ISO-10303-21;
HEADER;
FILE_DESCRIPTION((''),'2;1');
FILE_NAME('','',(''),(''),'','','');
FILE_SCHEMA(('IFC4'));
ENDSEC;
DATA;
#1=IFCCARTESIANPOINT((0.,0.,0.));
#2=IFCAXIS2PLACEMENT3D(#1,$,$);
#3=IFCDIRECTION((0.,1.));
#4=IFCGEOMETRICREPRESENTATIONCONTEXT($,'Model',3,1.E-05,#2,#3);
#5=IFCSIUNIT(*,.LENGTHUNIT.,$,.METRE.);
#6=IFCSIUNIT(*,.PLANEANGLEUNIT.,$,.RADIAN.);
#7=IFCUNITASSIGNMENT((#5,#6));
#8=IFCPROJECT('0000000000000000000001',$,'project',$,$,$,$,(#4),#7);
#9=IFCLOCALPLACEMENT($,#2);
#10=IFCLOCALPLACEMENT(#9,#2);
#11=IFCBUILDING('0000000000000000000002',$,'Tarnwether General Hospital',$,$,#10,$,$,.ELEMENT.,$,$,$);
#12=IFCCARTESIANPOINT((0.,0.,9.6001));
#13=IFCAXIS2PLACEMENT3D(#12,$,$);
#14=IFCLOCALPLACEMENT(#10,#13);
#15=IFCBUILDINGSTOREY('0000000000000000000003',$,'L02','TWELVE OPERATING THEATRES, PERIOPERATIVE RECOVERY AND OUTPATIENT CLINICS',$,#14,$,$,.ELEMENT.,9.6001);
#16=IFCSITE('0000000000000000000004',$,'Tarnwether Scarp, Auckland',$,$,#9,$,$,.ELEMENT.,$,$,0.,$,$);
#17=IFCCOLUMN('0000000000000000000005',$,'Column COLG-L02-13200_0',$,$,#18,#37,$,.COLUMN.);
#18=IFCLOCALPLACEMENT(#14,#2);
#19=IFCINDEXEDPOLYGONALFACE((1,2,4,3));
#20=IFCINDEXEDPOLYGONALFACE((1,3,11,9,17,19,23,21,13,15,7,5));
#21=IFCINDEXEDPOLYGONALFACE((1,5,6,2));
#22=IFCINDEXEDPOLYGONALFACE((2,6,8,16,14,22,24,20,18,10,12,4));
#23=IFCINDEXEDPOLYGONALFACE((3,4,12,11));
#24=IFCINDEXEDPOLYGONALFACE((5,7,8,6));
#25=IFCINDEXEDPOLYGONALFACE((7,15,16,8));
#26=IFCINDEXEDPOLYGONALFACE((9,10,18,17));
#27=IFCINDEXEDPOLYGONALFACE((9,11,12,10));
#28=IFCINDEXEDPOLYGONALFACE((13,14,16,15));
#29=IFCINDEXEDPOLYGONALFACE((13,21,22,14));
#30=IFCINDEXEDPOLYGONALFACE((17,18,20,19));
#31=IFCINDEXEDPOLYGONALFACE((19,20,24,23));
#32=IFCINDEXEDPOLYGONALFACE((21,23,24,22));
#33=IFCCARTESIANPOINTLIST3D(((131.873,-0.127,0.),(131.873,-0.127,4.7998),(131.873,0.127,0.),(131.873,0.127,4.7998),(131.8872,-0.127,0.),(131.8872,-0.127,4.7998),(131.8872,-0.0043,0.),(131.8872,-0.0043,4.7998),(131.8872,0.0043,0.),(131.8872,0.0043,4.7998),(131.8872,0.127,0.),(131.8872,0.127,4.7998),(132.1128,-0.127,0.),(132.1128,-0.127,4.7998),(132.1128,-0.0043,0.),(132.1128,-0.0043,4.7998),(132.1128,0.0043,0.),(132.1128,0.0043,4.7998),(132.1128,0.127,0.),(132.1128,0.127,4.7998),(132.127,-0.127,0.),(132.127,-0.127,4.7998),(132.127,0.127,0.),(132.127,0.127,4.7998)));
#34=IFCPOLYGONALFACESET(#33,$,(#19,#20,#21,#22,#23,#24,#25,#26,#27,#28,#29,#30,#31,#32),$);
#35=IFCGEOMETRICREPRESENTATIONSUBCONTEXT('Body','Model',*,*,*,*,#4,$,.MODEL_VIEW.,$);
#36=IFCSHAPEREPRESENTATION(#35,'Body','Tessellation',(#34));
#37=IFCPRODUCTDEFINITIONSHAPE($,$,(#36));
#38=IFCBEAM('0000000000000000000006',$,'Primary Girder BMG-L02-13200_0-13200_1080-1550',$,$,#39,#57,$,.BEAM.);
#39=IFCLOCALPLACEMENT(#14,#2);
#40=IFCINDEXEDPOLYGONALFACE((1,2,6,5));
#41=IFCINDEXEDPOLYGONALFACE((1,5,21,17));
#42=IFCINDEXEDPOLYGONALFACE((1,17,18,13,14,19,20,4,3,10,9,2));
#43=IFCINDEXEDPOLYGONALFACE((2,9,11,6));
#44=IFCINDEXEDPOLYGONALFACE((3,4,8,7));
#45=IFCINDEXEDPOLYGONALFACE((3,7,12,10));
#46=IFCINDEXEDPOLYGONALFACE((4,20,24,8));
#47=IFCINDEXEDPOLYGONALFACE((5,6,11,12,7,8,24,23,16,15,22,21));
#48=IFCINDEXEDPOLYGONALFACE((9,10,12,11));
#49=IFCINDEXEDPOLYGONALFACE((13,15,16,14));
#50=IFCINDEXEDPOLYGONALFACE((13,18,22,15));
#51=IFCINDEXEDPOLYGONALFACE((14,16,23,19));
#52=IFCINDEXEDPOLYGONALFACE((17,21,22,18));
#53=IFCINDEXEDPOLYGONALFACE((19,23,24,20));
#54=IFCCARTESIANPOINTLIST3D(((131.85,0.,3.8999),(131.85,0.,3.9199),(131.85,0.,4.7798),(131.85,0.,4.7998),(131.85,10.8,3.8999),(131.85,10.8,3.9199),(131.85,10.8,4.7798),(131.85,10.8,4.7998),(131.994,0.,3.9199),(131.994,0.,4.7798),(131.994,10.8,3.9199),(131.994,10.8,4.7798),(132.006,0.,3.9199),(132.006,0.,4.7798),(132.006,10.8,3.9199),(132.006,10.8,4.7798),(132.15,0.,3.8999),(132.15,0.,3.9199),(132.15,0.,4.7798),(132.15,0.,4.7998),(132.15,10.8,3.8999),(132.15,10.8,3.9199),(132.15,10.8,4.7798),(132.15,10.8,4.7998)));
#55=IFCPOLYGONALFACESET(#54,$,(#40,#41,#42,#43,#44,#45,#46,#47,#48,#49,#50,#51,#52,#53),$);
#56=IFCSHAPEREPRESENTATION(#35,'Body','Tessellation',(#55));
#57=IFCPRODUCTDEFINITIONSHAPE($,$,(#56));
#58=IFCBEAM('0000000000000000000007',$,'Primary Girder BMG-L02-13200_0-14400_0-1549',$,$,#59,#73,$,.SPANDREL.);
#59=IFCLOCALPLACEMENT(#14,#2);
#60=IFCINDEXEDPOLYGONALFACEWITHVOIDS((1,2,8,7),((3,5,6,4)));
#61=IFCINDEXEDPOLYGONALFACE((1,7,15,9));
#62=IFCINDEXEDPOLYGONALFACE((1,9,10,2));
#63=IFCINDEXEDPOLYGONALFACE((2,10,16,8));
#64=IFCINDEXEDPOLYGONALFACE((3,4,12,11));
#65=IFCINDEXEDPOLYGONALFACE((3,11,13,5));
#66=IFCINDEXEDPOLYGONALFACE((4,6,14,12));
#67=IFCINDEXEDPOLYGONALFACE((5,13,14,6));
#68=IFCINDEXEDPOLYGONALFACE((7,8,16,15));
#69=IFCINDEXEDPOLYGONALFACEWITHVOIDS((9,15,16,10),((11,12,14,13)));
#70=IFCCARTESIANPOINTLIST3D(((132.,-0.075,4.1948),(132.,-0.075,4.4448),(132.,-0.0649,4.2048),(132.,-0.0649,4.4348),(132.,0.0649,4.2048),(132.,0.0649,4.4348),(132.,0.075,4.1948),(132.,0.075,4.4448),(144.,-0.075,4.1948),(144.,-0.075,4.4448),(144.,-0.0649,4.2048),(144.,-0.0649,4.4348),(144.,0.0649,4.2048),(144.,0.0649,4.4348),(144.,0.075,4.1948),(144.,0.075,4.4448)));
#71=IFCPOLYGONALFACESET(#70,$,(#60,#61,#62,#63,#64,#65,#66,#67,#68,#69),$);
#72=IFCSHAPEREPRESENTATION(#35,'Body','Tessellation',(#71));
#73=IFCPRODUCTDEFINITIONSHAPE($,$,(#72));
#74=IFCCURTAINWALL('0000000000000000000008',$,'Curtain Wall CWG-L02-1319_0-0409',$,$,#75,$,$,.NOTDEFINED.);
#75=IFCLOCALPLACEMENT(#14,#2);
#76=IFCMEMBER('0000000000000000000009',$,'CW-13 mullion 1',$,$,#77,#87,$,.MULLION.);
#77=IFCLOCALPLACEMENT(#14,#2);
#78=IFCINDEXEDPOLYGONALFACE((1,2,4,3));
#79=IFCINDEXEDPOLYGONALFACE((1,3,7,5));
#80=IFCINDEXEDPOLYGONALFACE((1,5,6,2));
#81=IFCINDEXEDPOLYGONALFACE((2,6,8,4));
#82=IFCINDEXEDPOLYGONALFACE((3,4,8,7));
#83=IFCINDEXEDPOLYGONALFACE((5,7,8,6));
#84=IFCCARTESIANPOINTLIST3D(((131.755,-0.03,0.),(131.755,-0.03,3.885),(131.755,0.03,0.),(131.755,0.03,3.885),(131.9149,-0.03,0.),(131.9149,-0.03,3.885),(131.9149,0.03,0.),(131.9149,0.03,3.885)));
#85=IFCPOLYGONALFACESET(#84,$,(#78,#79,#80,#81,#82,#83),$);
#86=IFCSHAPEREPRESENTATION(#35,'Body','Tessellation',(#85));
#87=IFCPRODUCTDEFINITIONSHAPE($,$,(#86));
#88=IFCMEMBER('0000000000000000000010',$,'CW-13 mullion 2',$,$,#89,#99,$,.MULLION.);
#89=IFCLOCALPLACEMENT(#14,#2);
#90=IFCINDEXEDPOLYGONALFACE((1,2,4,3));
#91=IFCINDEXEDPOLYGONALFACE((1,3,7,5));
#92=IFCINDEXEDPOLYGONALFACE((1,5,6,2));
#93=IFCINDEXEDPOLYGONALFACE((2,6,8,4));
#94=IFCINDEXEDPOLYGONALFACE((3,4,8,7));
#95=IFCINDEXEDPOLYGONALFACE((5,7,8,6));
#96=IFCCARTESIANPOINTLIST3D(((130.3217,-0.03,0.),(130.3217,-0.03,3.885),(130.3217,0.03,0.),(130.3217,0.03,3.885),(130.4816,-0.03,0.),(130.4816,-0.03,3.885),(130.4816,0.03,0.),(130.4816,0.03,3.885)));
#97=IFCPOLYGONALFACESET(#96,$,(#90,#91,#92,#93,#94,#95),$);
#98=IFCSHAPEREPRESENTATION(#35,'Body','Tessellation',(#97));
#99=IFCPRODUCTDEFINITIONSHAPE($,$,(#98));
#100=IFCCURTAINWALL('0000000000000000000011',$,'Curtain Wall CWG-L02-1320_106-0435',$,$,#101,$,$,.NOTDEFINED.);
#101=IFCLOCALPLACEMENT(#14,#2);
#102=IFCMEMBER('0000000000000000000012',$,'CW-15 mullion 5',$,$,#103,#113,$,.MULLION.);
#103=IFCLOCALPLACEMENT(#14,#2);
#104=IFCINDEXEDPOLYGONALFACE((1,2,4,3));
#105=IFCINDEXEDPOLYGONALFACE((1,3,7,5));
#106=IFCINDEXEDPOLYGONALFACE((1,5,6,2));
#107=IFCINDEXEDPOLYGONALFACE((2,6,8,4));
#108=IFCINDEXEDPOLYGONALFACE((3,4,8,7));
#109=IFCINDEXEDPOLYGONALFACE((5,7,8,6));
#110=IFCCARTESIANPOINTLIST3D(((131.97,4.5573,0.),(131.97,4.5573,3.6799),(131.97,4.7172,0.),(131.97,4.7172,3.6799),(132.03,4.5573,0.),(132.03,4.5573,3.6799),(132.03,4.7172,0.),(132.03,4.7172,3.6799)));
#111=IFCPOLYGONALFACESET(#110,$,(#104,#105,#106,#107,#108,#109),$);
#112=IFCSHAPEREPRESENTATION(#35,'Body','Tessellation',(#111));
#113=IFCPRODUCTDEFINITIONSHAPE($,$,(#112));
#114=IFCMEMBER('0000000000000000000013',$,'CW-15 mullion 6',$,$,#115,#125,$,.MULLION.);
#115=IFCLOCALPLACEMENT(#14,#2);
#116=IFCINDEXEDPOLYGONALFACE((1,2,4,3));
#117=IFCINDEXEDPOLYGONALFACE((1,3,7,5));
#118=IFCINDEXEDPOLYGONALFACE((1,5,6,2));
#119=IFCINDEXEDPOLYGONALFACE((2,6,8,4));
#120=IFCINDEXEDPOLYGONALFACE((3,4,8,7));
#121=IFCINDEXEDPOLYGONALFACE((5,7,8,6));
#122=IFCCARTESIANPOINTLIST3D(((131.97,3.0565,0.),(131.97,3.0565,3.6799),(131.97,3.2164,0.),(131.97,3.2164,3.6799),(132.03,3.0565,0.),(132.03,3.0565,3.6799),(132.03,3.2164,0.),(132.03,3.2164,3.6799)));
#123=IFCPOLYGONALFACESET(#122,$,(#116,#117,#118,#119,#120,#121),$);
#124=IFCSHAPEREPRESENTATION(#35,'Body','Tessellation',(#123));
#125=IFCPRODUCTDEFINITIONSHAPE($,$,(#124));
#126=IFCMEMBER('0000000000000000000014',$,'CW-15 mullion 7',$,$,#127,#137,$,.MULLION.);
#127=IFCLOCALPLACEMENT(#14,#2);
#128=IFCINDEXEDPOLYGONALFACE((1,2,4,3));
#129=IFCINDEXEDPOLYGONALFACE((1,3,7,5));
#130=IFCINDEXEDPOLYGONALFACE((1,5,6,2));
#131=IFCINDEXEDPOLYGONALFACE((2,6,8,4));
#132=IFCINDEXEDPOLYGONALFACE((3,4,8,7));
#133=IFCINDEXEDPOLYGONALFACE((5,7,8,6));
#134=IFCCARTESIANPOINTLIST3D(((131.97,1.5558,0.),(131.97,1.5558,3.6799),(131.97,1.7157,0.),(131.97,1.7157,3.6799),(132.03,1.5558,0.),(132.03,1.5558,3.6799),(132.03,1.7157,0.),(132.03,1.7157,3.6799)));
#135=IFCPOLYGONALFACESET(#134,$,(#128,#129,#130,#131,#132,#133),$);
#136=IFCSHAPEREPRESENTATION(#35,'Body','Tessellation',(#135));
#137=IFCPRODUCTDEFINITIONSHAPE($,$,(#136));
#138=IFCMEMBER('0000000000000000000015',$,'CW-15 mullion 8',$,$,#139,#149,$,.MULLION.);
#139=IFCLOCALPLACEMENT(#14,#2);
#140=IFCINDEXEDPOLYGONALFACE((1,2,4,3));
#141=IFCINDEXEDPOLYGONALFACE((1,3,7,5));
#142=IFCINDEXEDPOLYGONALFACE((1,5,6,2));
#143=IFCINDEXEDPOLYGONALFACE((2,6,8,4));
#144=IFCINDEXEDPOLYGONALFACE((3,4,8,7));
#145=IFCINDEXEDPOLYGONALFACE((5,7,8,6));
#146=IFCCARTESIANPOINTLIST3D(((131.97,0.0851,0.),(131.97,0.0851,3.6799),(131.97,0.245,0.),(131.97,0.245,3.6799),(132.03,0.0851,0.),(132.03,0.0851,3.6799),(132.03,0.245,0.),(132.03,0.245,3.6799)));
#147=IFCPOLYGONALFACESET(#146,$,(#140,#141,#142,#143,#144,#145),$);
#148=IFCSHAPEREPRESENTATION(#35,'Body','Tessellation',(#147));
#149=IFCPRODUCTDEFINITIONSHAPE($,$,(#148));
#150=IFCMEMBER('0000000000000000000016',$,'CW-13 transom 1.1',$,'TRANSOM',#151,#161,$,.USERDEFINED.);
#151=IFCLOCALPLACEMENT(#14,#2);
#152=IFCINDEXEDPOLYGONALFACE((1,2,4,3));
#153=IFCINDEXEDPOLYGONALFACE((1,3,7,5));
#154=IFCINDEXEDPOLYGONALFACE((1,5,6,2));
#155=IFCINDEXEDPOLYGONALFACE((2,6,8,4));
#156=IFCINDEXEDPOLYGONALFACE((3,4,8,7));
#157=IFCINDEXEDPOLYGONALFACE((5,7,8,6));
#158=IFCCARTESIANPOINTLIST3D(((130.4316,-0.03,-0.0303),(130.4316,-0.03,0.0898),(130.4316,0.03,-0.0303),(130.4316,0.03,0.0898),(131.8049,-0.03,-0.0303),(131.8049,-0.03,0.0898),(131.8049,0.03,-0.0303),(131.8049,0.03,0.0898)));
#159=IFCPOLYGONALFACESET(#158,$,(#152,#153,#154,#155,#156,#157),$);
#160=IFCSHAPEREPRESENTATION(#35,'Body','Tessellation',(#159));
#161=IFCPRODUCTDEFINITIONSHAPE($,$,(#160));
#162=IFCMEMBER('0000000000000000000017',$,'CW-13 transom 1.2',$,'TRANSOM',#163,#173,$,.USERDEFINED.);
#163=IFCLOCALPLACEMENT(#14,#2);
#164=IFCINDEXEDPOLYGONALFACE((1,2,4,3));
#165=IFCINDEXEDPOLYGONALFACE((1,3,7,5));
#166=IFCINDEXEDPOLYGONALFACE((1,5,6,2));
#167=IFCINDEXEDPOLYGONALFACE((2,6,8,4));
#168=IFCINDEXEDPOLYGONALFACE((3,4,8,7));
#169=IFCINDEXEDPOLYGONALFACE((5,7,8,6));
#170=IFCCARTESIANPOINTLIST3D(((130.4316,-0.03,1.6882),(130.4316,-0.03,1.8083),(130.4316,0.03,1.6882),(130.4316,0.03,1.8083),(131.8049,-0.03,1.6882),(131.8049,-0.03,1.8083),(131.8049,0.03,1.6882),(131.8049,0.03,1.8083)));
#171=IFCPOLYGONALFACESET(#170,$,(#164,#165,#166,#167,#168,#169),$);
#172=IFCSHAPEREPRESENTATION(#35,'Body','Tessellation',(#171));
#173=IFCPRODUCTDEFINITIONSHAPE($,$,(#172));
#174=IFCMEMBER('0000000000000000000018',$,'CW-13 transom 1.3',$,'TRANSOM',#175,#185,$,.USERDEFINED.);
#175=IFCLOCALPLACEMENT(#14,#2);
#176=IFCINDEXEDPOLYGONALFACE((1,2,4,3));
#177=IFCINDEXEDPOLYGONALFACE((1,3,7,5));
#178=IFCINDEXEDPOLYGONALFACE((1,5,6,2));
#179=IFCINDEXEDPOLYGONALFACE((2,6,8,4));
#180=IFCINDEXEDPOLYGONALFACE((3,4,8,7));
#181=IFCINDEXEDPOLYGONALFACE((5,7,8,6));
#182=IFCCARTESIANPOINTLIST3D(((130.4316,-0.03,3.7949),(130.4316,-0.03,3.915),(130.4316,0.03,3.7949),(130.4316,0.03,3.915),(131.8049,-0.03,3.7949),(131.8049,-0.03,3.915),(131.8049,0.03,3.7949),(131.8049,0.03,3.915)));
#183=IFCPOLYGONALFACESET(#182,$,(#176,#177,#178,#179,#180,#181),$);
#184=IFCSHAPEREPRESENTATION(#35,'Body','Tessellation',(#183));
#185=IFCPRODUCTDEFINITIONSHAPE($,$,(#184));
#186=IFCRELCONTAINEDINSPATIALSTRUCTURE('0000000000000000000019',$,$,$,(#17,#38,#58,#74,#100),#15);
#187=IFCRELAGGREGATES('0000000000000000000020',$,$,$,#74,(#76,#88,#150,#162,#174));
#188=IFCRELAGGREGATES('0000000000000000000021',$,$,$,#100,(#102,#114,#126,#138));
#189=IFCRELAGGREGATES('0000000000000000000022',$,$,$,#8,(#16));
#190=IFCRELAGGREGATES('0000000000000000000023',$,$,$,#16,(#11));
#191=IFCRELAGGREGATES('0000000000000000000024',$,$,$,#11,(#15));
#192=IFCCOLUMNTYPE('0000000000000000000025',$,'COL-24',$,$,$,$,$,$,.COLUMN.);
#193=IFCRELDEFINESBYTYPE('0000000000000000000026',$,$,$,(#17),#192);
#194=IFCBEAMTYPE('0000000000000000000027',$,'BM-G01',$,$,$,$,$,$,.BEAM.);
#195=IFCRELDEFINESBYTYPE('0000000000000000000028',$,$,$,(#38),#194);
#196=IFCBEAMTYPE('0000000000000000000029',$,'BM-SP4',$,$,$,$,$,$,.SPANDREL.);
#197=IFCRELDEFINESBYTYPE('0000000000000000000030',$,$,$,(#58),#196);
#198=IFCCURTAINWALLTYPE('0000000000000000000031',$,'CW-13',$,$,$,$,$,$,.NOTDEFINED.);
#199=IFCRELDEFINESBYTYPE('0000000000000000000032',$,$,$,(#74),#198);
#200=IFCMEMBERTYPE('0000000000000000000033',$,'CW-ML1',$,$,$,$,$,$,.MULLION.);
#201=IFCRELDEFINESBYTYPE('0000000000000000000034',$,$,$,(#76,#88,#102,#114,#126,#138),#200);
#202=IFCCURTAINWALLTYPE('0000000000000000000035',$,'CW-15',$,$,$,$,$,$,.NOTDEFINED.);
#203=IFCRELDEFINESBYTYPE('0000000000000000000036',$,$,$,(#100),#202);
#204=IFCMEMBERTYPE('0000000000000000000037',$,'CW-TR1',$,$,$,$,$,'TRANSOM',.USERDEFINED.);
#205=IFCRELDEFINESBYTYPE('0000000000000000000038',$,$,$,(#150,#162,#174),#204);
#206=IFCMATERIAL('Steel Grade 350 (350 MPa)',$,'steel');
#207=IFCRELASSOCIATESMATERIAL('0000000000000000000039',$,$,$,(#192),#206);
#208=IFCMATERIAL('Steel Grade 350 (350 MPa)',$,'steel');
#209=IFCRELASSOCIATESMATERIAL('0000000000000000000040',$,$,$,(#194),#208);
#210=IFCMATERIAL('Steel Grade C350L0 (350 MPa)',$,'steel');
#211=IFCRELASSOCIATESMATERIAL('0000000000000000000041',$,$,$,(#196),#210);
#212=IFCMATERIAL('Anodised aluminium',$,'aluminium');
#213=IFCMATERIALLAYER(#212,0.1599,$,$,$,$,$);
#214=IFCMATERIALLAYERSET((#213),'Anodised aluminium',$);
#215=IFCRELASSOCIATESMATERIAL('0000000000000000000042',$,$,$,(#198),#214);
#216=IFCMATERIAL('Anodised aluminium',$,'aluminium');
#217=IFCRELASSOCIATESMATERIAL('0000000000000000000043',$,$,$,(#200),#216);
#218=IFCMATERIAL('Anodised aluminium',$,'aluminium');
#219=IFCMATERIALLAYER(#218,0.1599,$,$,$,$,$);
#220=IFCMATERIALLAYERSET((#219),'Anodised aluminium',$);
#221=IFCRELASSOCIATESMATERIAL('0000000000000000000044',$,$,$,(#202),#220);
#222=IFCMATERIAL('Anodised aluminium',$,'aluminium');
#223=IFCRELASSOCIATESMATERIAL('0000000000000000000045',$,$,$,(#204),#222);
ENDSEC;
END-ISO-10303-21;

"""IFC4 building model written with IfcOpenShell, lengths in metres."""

from ifc_helpers import new_model, si_unit, direction, frame, origin, origin_2d, place, context, subcontext, project, spatial, rectangle, hollow_rectangle, i_section, extrude, material, layer, layer_set, material_profile, profile_set, type_object, element, aggregate, save


model = new_model("IFC4")

# Units and contexts
model_context = context("Model", 3, precision=1e-05, world=origin(), true_north=direction((0.0, 1.0)))
body_context = subcontext(model_context, "Body", "Model", "MODEL_VIEW")
ifc_project = project(units=[si_unit("LENGTHUNIT", "METRE"), si_unit("PLANEANGLEUNIT", "RADIAN")], contexts=[model_context])

# Site, building, storey
site_placement = place(None, origin())
site = spatial("IfcSite", under=ifc_project, at=site_placement, Name="Tarnwether Scarp, Auckland", CompositionType="ELEMENT", RefElevation=0.0)
building_placement = place(site_placement, origin())
building = spatial("IfcBuilding", under=site, at=building_placement, Name="Tarnwether General Hospital", CompositionType="ELEMENT")
storey_placement = place(building_placement, frame((0.0, 0.0, 9.6001)))
storey = spatial("IfcBuildingStorey", under=building, at=storey_placement, Name="L02", Description="TWELVE OPERATING THEATRES, PERIOPERATIVE RECOVERY AND OUTPATIENT CLINICS", CompositionType="ELEMENT", Elevation=9.6001)

# Column
ifc_material_1 = material(Name="Steel Grade 350 (350 MPa)", Category="steel")
ifc_material_profile_1 = material_profile(ifc_material_1, i_section(OverallWidth=0.2539, OverallDepth=0.2539, WebThickness=0.0085, FlangeThickness=0.0142, at=origin_2d()), Name="250UC72.9")
ifc_profile_set_1 = profile_set([ifc_material_profile_1], Name="Steel Grade 350 (350 MPa)")
column_type = type_object("IfcColumnType", Name="COL-24", PredefinedType="COLUMN", material=ifc_profile_set_1)
column_placement = place(storey_placement, frame((132.0, 0.0, 0.0), z_axis=(0.0, 0.0, 1.0), x_axis=(0.0, 1.0, 0.0)))
element("IfcColumn", 1, at=column_placement, inside=storey, type_object=column_type, Name="Column COLG-L02-13200_0", PredefinedType="COLUMN", context=body_context, shape_type="SweptSolid", body=[
    extrude(i_section(OverallWidth=0.2539, OverallDepth=0.2539, WebThickness=0.0085, FlangeThickness=0.0142, at=origin_2d()), origin(), (0.0, 0.0, 1.0), 4.7998),
])

# Beams
ifc_material_2 = material(Name="Steel Grade 350 (350 MPa)", Category="steel")
ifc_material_profile_2 = material_profile(ifc_material_2, i_section(OverallWidth=0.3, OverallDepth=0.8999, WebThickness=0.012, FlangeThickness=0.02, at=origin_2d()), Name="900WB175")
ifc_profile_set_2 = profile_set([ifc_material_profile_2], Name="Steel Grade 350 (350 MPa)")
beam_type_1 = type_object("IfcBeamType", Name="BM-G01", PredefinedType="BEAM", material=ifc_profile_set_2)
beam_1_placement = place(storey_placement, frame((132.0, 0.0, 4.3499), z_axis=(0.0, 1.0, 0.0), x_axis=(-1.0, 0.0, 0.0)))
element("IfcBeam", 2, at=beam_1_placement, inside=storey, type_object=beam_type_1, Name="Primary Girder BMG-L02-13200_0-13200_1080-1550", PredefinedType="BEAM", context=body_context, shape_type="SweptSolid", body=[
    extrude(i_section(OverallWidth=0.3, OverallDepth=0.8999, WebThickness=0.012, FlangeThickness=0.02, at=origin_2d()), origin(), (0.0, 0.0, 1.0), 10.8),
])
ifc_material_3 = material(Name="Steel Grade C350L0 (350 MPa)", Category="steel")
ifc_material_profile_3 = material_profile(ifc_material_3, hollow_rectangle(XDim=0.1499, YDim=0.25, WallThickness=0.01, at=origin_2d()), Name="RHS250x150x10")
ifc_profile_set_3 = profile_set([ifc_material_profile_3], Name="Steel Grade C350L0 (350 MPa)")
beam_type_2 = type_object("IfcBeamType", Name="BM-SP4", PredefinedType="SPANDREL", material=ifc_profile_set_3)
beam_2_placement = place(storey_placement, frame((132.0, 0.0, 4.3198), z_axis=(1.0, 0.0, 0.0), x_axis=(0.0, 1.0, 0.0)))
element("IfcBeam", 3, at=beam_2_placement, inside=storey, type_object=beam_type_2, Name="Primary Girder BMG-L02-13200_0-14400_0-1549", PredefinedType="SPANDREL", context=body_context, shape_type="SweptSolid", body=[
    extrude(hollow_rectangle(XDim=0.1499, YDim=0.25, WallThickness=0.01, at=origin_2d()), origin(), (0.0, 0.0, 1.0), 12.0),
])

# Curtain walls, members
ifc_material_4 = material(Name="Anodised aluminium", Category="aluminium")
ifc_layer_1 = layer(ifc_material_4, 0.1599)
ifc_layer_set_1 = layer_set([ifc_layer_1], Name="Anodised aluminium")
curtain_wall_type_1 = type_object("IfcCurtainWallType", Name="CW-13", PredefinedType="NOTDEFINED", material=ifc_layer_set_1)
curtain_wall_1_placement = place(storey_placement, origin())
curtain_wall_1 = element("IfcCurtainWall", 4, at=curtain_wall_1_placement, inside=storey, type_object=curtain_wall_type_1, Name="Curtain Wall CWG-L02-1319_0-0409", PredefinedType="NOTDEFINED")
ifc_material_5 = material(Name="Anodised aluminium", Category="aluminium")
ifc_material_profile_4 = material_profile(ifc_material_5, rectangle(XDim=0.0601, YDim=0.1599, at=origin_2d()), Name="ALU-MUL-60x160")
ifc_profile_set_4 = profile_set([ifc_material_profile_4], Name="Anodised aluminium")
member_type_1 = type_object("IfcMemberType", Name="CW-ML1", PredefinedType="MULLION", material=ifc_profile_set_4)
member_1_placement = place(storey_placement, frame((131.835, 0.0, 0.0), z_axis=(0.0, 0.0, 1.0), x_axis=(0.0, -1.0, 0.0)))
member_1 = element("IfcMember", 5, at=member_1_placement, type_object=member_type_1, Name="CW-13 mullion 1", PredefinedType="MULLION", context=body_context, shape_type="SweptSolid", body=[
    extrude(rectangle(XDim=0.0601, YDim=0.1599, at=origin_2d()), origin(), (0.0, 0.0, 1.0), 3.885),
])
member_2_placement = place(storey_placement, frame((130.4016, 0.0, 0.0), z_axis=(0.0, 0.0, 1.0), x_axis=(0.0, -1.0, 0.0)))
member_2 = element("IfcMember", 6, at=member_2_placement, type_object=member_type_1, Name="CW-13 mullion 2", PredefinedType="MULLION", context=body_context, shape_type="SweptSolid", body=[
    extrude(rectangle(XDim=0.0601, YDim=0.1599, at=origin_2d()), origin(), (0.0, 0.0, 1.0), 3.885),
])
ifc_material_6 = material(Name="Anodised aluminium", Category="aluminium")
ifc_layer_2 = layer(ifc_material_6, 0.1599)
ifc_layer_set_2 = layer_set([ifc_layer_2], Name="Anodised aluminium")
curtain_wall_type_2 = type_object("IfcCurtainWallType", Name="CW-15", PredefinedType="NOTDEFINED", material=ifc_layer_set_2)
curtain_wall_2_placement = place(storey_placement, origin())
curtain_wall_2 = element("IfcCurtainWall", 7, at=curtain_wall_2_placement, inside=storey, type_object=curtain_wall_type_2, Name="Curtain Wall CWG-L02-1320_106-0435", PredefinedType="NOTDEFINED")
member_3_placement = place(storey_placement, frame((132.0, 4.6372, 0.0), z_axis=(0.0, 0.0, 1.0), x_axis=(1.0, 0.0, 0.0)))
member_3 = element("IfcMember", 8, at=member_3_placement, type_object=member_type_1, Name="CW-15 mullion 5", PredefinedType="MULLION", context=body_context, shape_type="SweptSolid", body=[
    extrude(rectangle(XDim=0.0601, YDim=0.1599, at=origin_2d()), origin(), (0.0, 0.0, 1.0), 3.6799),
])
member_4_placement = place(storey_placement, frame((132.0, 3.1365, 0.0), z_axis=(0.0, 0.0, 1.0), x_axis=(1.0, 0.0, 0.0)))
member_4 = element("IfcMember", 9, at=member_4_placement, type_object=member_type_1, Name="CW-15 mullion 6", PredefinedType="MULLION", context=body_context, shape_type="SweptSolid", body=[
    extrude(rectangle(XDim=0.0601, YDim=0.1599, at=origin_2d()), origin(), (0.0, 0.0, 1.0), 3.6799),
])
member_5_placement = place(storey_placement, frame((132.0, 1.6357, 0.0), z_axis=(0.0, 0.0, 1.0), x_axis=(1.0, 0.0, 0.0)))
member_5 = element("IfcMember", 10, at=member_5_placement, type_object=member_type_1, Name="CW-15 mullion 7", PredefinedType="MULLION", context=body_context, shape_type="SweptSolid", body=[
    extrude(rectangle(XDim=0.0601, YDim=0.1599, at=origin_2d()), origin(), (0.0, 0.0, 1.0), 3.6799),
])
member_6_placement = place(storey_placement, frame((132.0, 0.165, 0.0), z_axis=(0.0, 0.0, 1.0), x_axis=(1.0, 0.0, 0.0)))
member_6 = element("IfcMember", 11, at=member_6_placement, type_object=member_type_1, Name="CW-15 mullion 8", PredefinedType="MULLION", context=body_context, shape_type="SweptSolid", body=[
    extrude(rectangle(XDim=0.0601, YDim=0.1599, at=origin_2d()), origin(), (0.0, 0.0, 1.0), 3.6799),
])

# Members
ifc_material_7 = material(Name="Anodised aluminium", Category="aluminium")
ifc_material_profile_5 = material_profile(ifc_material_7, rectangle(XDim=0.0601, YDim=0.1201, at=origin_2d()), Name="ALU-TRN-60x120")
ifc_profile_set_5 = profile_set([ifc_material_profile_5], Name="Anodised aluminium")
member_type_2 = type_object("IfcMemberType", Name="CW-TR1", ElementType="TRANSOM", PredefinedType="USERDEFINED", material=ifc_profile_set_5)
member_7_placement = place(storey_placement, frame((131.8049, 0.0, 0.0298), z_axis=(-1.0, 0.0, 0.0), x_axis=(0.0, -1.0, 0.0)))
member_7 = element("IfcMember", 12, at=member_7_placement, type_object=member_type_2, Name="CW-13 transom 1.1", ObjectType="TRANSOM", PredefinedType="USERDEFINED", context=body_context, shape_type="SweptSolid", body=[
    extrude(rectangle(XDim=0.0601, YDim=0.1201, at=origin_2d()), origin(), (0.0, 0.0, 1.0), 1.3733),
])
member_8_placement = place(storey_placement, frame((131.8049, 0.0, 1.7483), z_axis=(-1.0, 0.0, 0.0), x_axis=(0.0, -1.0, 0.0)))
member_8 = element("IfcMember", 13, at=member_8_placement, type_object=member_type_2, Name="CW-13 transom 1.2", ObjectType="TRANSOM", PredefinedType="USERDEFINED", context=body_context, shape_type="SweptSolid", body=[
    extrude(rectangle(XDim=0.0601, YDim=0.1201, at=origin_2d()), origin(), (0.0, 0.0, 1.0), 1.3733),
])
member_9_placement = place(storey_placement, frame((131.8049, 0.0, 3.855), z_axis=(-1.0, 0.0, 0.0), x_axis=(0.0, -1.0, 0.0)))
member_9 = element("IfcMember", 14, at=member_9_placement, type_object=member_type_2, Name="CW-13 transom 1.3", ObjectType="TRANSOM", PredefinedType="USERDEFINED", context=body_context, shape_type="SweptSolid", body=[
    extrude(rectangle(XDim=0.0601, YDim=0.1201, at=origin_2d()), origin(), (0.0, 0.0, 1.0), 1.3733),
])

aggregate(curtain_wall_1, [member_1, member_2, member_7, member_8, member_9])
aggregate(curtain_wall_2, [member_3, member_4, member_5, member_6])

save(model, "model.ifc")
